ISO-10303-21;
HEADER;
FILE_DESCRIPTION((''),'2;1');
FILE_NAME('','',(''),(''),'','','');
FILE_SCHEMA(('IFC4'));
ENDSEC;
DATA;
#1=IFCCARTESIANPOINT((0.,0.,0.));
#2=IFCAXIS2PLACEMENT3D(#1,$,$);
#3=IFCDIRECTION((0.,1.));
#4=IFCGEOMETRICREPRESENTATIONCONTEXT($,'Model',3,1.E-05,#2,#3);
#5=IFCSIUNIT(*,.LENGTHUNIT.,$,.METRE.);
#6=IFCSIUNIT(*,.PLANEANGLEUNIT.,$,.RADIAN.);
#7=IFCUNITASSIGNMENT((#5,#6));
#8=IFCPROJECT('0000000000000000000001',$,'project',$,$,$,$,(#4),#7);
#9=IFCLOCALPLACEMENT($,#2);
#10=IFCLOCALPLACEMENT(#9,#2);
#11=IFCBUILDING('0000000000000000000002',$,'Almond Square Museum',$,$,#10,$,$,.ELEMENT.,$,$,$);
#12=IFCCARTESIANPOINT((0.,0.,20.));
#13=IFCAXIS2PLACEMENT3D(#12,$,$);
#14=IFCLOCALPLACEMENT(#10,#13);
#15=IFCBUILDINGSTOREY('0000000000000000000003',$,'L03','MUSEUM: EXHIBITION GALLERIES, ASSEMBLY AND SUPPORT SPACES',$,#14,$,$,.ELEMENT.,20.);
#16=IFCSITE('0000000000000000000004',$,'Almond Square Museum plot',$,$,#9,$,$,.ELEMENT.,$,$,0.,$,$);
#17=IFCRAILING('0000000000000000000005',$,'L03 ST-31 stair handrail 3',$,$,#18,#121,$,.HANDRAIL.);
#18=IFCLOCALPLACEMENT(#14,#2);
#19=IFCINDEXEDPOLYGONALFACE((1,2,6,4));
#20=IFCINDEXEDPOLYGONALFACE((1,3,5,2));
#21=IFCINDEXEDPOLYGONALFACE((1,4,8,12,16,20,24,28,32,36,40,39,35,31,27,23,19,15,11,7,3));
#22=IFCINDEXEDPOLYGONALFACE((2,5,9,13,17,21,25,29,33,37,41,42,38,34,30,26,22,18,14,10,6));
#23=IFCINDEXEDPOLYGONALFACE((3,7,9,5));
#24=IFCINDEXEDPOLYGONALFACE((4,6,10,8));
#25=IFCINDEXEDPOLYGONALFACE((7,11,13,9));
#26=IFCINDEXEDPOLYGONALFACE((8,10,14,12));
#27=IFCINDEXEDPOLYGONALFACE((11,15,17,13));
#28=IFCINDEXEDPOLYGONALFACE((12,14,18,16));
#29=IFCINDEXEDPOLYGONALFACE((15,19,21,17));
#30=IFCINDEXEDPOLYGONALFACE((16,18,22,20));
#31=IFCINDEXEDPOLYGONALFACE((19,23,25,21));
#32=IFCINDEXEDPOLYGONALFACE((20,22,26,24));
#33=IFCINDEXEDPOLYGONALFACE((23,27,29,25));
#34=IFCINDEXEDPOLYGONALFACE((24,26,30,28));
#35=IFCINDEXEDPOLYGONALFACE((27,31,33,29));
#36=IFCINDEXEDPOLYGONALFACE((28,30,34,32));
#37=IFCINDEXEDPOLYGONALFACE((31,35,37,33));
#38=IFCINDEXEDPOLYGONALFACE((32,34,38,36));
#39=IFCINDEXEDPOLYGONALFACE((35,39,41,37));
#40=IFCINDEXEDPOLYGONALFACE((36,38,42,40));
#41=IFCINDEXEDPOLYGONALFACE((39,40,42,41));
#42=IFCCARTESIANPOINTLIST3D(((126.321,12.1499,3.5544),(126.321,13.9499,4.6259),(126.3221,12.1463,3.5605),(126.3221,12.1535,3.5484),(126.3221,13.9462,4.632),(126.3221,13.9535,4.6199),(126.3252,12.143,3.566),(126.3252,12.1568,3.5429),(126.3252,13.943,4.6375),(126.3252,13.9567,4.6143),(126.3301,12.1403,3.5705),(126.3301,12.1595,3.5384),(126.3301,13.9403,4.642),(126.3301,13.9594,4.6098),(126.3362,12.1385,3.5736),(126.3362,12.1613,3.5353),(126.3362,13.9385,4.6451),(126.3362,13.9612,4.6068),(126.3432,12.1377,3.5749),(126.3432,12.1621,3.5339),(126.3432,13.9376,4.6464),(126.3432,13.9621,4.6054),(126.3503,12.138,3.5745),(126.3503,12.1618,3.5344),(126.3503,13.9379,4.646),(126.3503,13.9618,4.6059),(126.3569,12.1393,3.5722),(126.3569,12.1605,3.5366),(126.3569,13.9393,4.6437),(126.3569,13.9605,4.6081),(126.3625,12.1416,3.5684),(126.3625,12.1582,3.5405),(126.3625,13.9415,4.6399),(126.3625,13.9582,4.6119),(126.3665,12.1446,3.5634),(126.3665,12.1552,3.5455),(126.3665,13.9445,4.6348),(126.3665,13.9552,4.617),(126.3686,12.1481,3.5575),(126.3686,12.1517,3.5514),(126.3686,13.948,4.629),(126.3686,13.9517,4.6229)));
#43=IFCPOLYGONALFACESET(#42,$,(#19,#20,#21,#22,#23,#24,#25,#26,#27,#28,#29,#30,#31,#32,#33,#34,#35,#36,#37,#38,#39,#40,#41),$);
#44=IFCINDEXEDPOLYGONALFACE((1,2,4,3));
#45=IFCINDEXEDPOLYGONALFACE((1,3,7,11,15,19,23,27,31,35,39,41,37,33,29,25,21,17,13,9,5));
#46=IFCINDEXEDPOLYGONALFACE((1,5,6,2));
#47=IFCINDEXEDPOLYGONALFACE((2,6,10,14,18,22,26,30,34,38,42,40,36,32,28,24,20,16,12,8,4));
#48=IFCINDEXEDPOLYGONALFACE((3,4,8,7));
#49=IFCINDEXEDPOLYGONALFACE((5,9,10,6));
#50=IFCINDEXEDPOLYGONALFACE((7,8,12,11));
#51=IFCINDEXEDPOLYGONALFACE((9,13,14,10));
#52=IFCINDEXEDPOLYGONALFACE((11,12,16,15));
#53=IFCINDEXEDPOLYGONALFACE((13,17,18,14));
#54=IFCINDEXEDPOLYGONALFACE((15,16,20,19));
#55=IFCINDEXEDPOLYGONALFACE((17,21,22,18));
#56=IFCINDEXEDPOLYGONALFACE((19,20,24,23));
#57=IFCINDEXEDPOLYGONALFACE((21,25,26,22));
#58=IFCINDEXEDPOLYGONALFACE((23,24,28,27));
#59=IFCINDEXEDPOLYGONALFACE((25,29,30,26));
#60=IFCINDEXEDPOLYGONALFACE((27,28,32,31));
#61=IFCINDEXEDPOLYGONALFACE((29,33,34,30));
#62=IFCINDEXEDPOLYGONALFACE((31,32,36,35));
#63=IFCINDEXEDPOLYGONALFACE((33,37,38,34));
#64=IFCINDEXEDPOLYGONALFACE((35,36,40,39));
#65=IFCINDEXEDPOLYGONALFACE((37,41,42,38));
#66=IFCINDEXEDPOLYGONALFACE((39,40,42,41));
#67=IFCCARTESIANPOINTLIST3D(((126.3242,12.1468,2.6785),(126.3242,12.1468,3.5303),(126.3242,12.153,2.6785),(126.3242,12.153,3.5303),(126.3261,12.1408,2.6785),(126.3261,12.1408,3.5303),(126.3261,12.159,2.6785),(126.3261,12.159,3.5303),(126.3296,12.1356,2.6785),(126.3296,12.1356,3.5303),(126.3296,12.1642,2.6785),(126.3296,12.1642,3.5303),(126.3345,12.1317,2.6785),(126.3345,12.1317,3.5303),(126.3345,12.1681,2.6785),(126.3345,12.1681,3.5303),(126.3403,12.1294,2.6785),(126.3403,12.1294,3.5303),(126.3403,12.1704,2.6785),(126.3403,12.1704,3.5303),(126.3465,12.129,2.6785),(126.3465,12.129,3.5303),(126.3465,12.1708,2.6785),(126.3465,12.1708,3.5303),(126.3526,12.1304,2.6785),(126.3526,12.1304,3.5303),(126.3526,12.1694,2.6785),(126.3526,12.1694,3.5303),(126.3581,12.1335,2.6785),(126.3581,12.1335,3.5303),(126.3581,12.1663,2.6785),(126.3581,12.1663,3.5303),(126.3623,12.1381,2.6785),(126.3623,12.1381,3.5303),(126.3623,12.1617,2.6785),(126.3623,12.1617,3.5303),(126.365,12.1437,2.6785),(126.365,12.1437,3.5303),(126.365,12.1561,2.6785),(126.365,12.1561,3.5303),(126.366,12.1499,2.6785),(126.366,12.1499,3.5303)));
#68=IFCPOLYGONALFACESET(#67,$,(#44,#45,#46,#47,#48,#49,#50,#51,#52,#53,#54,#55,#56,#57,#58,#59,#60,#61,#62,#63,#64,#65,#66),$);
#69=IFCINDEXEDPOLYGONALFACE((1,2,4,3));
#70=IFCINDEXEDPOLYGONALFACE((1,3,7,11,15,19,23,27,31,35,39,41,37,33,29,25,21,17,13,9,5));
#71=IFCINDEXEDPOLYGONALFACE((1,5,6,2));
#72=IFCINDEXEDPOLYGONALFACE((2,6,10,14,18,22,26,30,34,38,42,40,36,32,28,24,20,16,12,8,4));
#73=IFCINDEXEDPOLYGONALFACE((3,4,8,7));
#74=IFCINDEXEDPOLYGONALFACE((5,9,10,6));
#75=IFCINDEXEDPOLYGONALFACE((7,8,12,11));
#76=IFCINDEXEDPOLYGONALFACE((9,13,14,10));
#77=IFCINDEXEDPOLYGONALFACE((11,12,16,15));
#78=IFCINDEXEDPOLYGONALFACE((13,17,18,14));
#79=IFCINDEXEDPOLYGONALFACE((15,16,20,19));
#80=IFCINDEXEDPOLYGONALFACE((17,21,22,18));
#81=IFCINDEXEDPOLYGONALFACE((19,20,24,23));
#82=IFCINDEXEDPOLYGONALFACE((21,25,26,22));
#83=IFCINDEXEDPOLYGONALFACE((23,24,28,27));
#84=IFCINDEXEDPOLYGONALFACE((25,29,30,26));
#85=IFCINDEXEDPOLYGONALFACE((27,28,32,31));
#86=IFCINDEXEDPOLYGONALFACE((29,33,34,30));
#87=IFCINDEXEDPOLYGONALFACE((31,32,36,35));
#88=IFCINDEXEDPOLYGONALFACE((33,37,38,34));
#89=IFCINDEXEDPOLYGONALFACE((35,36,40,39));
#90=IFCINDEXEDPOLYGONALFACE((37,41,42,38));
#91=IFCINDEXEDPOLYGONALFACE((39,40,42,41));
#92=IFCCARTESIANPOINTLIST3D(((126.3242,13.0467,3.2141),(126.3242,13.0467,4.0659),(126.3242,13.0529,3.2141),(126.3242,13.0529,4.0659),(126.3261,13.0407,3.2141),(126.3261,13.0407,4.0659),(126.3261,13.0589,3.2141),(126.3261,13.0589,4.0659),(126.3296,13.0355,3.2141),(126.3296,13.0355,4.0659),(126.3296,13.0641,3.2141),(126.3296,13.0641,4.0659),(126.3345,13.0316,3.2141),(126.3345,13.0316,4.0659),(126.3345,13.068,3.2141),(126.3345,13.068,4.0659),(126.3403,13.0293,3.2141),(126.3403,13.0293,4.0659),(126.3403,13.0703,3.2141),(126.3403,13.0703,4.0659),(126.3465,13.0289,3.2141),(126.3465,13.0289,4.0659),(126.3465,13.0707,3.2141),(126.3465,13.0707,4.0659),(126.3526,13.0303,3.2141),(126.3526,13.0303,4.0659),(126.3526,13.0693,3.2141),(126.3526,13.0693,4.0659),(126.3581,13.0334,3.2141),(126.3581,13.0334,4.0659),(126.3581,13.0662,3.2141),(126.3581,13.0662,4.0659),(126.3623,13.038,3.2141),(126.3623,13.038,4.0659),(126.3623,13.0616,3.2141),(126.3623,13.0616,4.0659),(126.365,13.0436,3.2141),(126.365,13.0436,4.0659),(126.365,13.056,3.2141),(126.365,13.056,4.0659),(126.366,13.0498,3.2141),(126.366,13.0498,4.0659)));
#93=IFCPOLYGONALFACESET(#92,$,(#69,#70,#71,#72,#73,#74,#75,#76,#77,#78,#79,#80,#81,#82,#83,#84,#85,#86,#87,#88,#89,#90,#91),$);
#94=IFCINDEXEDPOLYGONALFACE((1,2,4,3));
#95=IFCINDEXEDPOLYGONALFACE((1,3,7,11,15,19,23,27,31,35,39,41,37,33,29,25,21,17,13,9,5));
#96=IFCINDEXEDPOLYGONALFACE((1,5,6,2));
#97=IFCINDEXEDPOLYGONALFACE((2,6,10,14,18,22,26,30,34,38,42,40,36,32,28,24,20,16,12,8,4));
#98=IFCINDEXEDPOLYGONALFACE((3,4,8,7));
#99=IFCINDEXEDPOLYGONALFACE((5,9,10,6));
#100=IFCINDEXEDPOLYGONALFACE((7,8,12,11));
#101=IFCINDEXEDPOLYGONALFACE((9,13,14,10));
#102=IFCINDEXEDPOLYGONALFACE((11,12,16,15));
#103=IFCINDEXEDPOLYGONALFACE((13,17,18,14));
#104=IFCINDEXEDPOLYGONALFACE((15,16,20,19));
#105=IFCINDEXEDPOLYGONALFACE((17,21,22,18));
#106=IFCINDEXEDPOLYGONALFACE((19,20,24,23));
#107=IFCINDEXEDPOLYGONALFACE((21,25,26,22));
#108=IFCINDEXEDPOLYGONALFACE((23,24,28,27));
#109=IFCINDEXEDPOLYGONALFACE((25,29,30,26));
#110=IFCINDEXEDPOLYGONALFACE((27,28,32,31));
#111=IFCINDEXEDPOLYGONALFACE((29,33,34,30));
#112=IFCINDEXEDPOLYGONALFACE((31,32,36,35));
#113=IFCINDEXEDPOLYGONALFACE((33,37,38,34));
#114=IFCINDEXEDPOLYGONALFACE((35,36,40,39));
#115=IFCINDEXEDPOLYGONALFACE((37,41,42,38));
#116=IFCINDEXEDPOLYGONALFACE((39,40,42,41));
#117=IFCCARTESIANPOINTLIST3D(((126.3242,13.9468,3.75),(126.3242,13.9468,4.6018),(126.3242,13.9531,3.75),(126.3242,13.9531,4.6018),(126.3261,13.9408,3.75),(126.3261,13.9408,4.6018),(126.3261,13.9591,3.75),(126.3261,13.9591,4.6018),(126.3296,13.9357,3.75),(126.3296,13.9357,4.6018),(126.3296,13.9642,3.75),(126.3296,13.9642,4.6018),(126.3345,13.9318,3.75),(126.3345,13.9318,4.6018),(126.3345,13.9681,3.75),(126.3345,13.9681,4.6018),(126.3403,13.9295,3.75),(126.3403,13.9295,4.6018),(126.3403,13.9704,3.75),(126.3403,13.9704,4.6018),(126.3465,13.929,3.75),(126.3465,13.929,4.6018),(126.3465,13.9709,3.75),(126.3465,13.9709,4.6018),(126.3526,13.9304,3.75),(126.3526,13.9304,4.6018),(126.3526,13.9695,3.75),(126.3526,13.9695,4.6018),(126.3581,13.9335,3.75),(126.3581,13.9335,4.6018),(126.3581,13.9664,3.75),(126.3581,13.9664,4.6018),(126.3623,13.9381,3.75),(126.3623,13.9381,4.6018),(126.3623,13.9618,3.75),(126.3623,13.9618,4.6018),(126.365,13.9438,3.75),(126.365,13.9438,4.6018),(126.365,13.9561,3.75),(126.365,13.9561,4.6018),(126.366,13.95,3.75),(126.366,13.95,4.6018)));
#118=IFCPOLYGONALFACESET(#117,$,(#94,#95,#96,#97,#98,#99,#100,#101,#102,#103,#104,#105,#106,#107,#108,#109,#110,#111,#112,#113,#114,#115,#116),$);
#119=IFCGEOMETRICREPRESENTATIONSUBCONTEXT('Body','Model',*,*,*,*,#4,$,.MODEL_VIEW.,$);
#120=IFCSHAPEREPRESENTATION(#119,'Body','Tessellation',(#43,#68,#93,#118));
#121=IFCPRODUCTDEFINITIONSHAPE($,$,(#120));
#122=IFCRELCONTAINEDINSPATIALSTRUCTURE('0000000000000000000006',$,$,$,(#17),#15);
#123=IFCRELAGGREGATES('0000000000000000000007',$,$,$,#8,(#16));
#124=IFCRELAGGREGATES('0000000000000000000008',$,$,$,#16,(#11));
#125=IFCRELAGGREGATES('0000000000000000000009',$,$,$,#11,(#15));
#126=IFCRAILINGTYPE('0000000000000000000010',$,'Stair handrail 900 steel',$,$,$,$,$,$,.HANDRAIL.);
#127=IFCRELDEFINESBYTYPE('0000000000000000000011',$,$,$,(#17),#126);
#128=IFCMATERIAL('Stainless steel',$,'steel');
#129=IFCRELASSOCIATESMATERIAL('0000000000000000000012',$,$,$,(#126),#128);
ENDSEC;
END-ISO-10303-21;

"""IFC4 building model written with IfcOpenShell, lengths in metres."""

from ifc_helpers import new_model, si_unit, direction, frame, origin, origin_2d, place, context, subcontext, project, spatial, circle, extrude, material, type_object, element, save


model = new_model("IFC4")

# Units and contexts
model_context = context("Model", 3, precision=1e-05, world=origin(), true_north=direction((0.0, 1.0)))
body_context = subcontext(model_context, "Body", "Model", "MODEL_VIEW")
ifc_project = project(units=[si_unit("LENGTHUNIT", "METRE"), si_unit("PLANEANGLEUNIT", "RADIAN")], contexts=[model_context])

# Site, building, storey
site_placement = place(None, origin())
site = spatial("IfcSite", under=ifc_project, at=site_placement, Name="Almond Square Museum plot", CompositionType="ELEMENT", RefElevation=0.0)
building_placement = place(site_placement, origin())
building = spatial("IfcBuilding", under=site, at=building_placement, Name="Almond Square Museum", CompositionType="ELEMENT")
storey_placement = place(building_placement, frame((0.0, 0.0, 20.0)))
storey = spatial("IfcBuildingStorey", under=building, at=storey_placement, Name="L03", Description="MUSEUM: EXHIBITION GALLERIES, ASSEMBLY AND SUPPORT SPACES", CompositionType="ELEMENT", Elevation=20.0)

# Railing
ifc_material_1 = material(Name="Stainless steel", Category="steel")
railing_type_1 = type_object("IfcRailingType", Name="Stair handrail 900 steel", PredefinedType="HANDRAIL", material=ifc_material_1)
railing_1_placement = place(storey_placement, frame((126.345, 12.1499, 2.6785)))
element("IfcRailing", 1, at=railing_1_placement, inside=storey, type_object=railing_type_1, Name="L03 ST-31 stair handrail 3", PredefinedType="HANDRAIL", context=body_context, shape_type="SweptSolid", body=[
    extrude(circle(Radius=0.0239, at=origin_2d()), frame((0.0, 0.0, 0.876), z_axis=(0.0, 0.859277, 0.51151), x_axis=(-1.0, 0.0, 0.0)), (0.0, 0.0, 1.0), 2.0947),
    extrude(circle(Radius=0.021, at=origin_2d()), origin(), (0.0, 0.0, 1.0), 0.8518),
    extrude(circle(Radius=0.021, at=origin_2d()), frame((0.0, 0.8999, 0.5356)), (0.0, 0.0, 1.0), 0.8518),
    extrude(circle(Radius=0.021, at=origin_2d()), frame((0.0, 1.8, 1.0715)), (0.0, 0.0, 1.0), 0.8518),
])

save(model, "model.ifc")
